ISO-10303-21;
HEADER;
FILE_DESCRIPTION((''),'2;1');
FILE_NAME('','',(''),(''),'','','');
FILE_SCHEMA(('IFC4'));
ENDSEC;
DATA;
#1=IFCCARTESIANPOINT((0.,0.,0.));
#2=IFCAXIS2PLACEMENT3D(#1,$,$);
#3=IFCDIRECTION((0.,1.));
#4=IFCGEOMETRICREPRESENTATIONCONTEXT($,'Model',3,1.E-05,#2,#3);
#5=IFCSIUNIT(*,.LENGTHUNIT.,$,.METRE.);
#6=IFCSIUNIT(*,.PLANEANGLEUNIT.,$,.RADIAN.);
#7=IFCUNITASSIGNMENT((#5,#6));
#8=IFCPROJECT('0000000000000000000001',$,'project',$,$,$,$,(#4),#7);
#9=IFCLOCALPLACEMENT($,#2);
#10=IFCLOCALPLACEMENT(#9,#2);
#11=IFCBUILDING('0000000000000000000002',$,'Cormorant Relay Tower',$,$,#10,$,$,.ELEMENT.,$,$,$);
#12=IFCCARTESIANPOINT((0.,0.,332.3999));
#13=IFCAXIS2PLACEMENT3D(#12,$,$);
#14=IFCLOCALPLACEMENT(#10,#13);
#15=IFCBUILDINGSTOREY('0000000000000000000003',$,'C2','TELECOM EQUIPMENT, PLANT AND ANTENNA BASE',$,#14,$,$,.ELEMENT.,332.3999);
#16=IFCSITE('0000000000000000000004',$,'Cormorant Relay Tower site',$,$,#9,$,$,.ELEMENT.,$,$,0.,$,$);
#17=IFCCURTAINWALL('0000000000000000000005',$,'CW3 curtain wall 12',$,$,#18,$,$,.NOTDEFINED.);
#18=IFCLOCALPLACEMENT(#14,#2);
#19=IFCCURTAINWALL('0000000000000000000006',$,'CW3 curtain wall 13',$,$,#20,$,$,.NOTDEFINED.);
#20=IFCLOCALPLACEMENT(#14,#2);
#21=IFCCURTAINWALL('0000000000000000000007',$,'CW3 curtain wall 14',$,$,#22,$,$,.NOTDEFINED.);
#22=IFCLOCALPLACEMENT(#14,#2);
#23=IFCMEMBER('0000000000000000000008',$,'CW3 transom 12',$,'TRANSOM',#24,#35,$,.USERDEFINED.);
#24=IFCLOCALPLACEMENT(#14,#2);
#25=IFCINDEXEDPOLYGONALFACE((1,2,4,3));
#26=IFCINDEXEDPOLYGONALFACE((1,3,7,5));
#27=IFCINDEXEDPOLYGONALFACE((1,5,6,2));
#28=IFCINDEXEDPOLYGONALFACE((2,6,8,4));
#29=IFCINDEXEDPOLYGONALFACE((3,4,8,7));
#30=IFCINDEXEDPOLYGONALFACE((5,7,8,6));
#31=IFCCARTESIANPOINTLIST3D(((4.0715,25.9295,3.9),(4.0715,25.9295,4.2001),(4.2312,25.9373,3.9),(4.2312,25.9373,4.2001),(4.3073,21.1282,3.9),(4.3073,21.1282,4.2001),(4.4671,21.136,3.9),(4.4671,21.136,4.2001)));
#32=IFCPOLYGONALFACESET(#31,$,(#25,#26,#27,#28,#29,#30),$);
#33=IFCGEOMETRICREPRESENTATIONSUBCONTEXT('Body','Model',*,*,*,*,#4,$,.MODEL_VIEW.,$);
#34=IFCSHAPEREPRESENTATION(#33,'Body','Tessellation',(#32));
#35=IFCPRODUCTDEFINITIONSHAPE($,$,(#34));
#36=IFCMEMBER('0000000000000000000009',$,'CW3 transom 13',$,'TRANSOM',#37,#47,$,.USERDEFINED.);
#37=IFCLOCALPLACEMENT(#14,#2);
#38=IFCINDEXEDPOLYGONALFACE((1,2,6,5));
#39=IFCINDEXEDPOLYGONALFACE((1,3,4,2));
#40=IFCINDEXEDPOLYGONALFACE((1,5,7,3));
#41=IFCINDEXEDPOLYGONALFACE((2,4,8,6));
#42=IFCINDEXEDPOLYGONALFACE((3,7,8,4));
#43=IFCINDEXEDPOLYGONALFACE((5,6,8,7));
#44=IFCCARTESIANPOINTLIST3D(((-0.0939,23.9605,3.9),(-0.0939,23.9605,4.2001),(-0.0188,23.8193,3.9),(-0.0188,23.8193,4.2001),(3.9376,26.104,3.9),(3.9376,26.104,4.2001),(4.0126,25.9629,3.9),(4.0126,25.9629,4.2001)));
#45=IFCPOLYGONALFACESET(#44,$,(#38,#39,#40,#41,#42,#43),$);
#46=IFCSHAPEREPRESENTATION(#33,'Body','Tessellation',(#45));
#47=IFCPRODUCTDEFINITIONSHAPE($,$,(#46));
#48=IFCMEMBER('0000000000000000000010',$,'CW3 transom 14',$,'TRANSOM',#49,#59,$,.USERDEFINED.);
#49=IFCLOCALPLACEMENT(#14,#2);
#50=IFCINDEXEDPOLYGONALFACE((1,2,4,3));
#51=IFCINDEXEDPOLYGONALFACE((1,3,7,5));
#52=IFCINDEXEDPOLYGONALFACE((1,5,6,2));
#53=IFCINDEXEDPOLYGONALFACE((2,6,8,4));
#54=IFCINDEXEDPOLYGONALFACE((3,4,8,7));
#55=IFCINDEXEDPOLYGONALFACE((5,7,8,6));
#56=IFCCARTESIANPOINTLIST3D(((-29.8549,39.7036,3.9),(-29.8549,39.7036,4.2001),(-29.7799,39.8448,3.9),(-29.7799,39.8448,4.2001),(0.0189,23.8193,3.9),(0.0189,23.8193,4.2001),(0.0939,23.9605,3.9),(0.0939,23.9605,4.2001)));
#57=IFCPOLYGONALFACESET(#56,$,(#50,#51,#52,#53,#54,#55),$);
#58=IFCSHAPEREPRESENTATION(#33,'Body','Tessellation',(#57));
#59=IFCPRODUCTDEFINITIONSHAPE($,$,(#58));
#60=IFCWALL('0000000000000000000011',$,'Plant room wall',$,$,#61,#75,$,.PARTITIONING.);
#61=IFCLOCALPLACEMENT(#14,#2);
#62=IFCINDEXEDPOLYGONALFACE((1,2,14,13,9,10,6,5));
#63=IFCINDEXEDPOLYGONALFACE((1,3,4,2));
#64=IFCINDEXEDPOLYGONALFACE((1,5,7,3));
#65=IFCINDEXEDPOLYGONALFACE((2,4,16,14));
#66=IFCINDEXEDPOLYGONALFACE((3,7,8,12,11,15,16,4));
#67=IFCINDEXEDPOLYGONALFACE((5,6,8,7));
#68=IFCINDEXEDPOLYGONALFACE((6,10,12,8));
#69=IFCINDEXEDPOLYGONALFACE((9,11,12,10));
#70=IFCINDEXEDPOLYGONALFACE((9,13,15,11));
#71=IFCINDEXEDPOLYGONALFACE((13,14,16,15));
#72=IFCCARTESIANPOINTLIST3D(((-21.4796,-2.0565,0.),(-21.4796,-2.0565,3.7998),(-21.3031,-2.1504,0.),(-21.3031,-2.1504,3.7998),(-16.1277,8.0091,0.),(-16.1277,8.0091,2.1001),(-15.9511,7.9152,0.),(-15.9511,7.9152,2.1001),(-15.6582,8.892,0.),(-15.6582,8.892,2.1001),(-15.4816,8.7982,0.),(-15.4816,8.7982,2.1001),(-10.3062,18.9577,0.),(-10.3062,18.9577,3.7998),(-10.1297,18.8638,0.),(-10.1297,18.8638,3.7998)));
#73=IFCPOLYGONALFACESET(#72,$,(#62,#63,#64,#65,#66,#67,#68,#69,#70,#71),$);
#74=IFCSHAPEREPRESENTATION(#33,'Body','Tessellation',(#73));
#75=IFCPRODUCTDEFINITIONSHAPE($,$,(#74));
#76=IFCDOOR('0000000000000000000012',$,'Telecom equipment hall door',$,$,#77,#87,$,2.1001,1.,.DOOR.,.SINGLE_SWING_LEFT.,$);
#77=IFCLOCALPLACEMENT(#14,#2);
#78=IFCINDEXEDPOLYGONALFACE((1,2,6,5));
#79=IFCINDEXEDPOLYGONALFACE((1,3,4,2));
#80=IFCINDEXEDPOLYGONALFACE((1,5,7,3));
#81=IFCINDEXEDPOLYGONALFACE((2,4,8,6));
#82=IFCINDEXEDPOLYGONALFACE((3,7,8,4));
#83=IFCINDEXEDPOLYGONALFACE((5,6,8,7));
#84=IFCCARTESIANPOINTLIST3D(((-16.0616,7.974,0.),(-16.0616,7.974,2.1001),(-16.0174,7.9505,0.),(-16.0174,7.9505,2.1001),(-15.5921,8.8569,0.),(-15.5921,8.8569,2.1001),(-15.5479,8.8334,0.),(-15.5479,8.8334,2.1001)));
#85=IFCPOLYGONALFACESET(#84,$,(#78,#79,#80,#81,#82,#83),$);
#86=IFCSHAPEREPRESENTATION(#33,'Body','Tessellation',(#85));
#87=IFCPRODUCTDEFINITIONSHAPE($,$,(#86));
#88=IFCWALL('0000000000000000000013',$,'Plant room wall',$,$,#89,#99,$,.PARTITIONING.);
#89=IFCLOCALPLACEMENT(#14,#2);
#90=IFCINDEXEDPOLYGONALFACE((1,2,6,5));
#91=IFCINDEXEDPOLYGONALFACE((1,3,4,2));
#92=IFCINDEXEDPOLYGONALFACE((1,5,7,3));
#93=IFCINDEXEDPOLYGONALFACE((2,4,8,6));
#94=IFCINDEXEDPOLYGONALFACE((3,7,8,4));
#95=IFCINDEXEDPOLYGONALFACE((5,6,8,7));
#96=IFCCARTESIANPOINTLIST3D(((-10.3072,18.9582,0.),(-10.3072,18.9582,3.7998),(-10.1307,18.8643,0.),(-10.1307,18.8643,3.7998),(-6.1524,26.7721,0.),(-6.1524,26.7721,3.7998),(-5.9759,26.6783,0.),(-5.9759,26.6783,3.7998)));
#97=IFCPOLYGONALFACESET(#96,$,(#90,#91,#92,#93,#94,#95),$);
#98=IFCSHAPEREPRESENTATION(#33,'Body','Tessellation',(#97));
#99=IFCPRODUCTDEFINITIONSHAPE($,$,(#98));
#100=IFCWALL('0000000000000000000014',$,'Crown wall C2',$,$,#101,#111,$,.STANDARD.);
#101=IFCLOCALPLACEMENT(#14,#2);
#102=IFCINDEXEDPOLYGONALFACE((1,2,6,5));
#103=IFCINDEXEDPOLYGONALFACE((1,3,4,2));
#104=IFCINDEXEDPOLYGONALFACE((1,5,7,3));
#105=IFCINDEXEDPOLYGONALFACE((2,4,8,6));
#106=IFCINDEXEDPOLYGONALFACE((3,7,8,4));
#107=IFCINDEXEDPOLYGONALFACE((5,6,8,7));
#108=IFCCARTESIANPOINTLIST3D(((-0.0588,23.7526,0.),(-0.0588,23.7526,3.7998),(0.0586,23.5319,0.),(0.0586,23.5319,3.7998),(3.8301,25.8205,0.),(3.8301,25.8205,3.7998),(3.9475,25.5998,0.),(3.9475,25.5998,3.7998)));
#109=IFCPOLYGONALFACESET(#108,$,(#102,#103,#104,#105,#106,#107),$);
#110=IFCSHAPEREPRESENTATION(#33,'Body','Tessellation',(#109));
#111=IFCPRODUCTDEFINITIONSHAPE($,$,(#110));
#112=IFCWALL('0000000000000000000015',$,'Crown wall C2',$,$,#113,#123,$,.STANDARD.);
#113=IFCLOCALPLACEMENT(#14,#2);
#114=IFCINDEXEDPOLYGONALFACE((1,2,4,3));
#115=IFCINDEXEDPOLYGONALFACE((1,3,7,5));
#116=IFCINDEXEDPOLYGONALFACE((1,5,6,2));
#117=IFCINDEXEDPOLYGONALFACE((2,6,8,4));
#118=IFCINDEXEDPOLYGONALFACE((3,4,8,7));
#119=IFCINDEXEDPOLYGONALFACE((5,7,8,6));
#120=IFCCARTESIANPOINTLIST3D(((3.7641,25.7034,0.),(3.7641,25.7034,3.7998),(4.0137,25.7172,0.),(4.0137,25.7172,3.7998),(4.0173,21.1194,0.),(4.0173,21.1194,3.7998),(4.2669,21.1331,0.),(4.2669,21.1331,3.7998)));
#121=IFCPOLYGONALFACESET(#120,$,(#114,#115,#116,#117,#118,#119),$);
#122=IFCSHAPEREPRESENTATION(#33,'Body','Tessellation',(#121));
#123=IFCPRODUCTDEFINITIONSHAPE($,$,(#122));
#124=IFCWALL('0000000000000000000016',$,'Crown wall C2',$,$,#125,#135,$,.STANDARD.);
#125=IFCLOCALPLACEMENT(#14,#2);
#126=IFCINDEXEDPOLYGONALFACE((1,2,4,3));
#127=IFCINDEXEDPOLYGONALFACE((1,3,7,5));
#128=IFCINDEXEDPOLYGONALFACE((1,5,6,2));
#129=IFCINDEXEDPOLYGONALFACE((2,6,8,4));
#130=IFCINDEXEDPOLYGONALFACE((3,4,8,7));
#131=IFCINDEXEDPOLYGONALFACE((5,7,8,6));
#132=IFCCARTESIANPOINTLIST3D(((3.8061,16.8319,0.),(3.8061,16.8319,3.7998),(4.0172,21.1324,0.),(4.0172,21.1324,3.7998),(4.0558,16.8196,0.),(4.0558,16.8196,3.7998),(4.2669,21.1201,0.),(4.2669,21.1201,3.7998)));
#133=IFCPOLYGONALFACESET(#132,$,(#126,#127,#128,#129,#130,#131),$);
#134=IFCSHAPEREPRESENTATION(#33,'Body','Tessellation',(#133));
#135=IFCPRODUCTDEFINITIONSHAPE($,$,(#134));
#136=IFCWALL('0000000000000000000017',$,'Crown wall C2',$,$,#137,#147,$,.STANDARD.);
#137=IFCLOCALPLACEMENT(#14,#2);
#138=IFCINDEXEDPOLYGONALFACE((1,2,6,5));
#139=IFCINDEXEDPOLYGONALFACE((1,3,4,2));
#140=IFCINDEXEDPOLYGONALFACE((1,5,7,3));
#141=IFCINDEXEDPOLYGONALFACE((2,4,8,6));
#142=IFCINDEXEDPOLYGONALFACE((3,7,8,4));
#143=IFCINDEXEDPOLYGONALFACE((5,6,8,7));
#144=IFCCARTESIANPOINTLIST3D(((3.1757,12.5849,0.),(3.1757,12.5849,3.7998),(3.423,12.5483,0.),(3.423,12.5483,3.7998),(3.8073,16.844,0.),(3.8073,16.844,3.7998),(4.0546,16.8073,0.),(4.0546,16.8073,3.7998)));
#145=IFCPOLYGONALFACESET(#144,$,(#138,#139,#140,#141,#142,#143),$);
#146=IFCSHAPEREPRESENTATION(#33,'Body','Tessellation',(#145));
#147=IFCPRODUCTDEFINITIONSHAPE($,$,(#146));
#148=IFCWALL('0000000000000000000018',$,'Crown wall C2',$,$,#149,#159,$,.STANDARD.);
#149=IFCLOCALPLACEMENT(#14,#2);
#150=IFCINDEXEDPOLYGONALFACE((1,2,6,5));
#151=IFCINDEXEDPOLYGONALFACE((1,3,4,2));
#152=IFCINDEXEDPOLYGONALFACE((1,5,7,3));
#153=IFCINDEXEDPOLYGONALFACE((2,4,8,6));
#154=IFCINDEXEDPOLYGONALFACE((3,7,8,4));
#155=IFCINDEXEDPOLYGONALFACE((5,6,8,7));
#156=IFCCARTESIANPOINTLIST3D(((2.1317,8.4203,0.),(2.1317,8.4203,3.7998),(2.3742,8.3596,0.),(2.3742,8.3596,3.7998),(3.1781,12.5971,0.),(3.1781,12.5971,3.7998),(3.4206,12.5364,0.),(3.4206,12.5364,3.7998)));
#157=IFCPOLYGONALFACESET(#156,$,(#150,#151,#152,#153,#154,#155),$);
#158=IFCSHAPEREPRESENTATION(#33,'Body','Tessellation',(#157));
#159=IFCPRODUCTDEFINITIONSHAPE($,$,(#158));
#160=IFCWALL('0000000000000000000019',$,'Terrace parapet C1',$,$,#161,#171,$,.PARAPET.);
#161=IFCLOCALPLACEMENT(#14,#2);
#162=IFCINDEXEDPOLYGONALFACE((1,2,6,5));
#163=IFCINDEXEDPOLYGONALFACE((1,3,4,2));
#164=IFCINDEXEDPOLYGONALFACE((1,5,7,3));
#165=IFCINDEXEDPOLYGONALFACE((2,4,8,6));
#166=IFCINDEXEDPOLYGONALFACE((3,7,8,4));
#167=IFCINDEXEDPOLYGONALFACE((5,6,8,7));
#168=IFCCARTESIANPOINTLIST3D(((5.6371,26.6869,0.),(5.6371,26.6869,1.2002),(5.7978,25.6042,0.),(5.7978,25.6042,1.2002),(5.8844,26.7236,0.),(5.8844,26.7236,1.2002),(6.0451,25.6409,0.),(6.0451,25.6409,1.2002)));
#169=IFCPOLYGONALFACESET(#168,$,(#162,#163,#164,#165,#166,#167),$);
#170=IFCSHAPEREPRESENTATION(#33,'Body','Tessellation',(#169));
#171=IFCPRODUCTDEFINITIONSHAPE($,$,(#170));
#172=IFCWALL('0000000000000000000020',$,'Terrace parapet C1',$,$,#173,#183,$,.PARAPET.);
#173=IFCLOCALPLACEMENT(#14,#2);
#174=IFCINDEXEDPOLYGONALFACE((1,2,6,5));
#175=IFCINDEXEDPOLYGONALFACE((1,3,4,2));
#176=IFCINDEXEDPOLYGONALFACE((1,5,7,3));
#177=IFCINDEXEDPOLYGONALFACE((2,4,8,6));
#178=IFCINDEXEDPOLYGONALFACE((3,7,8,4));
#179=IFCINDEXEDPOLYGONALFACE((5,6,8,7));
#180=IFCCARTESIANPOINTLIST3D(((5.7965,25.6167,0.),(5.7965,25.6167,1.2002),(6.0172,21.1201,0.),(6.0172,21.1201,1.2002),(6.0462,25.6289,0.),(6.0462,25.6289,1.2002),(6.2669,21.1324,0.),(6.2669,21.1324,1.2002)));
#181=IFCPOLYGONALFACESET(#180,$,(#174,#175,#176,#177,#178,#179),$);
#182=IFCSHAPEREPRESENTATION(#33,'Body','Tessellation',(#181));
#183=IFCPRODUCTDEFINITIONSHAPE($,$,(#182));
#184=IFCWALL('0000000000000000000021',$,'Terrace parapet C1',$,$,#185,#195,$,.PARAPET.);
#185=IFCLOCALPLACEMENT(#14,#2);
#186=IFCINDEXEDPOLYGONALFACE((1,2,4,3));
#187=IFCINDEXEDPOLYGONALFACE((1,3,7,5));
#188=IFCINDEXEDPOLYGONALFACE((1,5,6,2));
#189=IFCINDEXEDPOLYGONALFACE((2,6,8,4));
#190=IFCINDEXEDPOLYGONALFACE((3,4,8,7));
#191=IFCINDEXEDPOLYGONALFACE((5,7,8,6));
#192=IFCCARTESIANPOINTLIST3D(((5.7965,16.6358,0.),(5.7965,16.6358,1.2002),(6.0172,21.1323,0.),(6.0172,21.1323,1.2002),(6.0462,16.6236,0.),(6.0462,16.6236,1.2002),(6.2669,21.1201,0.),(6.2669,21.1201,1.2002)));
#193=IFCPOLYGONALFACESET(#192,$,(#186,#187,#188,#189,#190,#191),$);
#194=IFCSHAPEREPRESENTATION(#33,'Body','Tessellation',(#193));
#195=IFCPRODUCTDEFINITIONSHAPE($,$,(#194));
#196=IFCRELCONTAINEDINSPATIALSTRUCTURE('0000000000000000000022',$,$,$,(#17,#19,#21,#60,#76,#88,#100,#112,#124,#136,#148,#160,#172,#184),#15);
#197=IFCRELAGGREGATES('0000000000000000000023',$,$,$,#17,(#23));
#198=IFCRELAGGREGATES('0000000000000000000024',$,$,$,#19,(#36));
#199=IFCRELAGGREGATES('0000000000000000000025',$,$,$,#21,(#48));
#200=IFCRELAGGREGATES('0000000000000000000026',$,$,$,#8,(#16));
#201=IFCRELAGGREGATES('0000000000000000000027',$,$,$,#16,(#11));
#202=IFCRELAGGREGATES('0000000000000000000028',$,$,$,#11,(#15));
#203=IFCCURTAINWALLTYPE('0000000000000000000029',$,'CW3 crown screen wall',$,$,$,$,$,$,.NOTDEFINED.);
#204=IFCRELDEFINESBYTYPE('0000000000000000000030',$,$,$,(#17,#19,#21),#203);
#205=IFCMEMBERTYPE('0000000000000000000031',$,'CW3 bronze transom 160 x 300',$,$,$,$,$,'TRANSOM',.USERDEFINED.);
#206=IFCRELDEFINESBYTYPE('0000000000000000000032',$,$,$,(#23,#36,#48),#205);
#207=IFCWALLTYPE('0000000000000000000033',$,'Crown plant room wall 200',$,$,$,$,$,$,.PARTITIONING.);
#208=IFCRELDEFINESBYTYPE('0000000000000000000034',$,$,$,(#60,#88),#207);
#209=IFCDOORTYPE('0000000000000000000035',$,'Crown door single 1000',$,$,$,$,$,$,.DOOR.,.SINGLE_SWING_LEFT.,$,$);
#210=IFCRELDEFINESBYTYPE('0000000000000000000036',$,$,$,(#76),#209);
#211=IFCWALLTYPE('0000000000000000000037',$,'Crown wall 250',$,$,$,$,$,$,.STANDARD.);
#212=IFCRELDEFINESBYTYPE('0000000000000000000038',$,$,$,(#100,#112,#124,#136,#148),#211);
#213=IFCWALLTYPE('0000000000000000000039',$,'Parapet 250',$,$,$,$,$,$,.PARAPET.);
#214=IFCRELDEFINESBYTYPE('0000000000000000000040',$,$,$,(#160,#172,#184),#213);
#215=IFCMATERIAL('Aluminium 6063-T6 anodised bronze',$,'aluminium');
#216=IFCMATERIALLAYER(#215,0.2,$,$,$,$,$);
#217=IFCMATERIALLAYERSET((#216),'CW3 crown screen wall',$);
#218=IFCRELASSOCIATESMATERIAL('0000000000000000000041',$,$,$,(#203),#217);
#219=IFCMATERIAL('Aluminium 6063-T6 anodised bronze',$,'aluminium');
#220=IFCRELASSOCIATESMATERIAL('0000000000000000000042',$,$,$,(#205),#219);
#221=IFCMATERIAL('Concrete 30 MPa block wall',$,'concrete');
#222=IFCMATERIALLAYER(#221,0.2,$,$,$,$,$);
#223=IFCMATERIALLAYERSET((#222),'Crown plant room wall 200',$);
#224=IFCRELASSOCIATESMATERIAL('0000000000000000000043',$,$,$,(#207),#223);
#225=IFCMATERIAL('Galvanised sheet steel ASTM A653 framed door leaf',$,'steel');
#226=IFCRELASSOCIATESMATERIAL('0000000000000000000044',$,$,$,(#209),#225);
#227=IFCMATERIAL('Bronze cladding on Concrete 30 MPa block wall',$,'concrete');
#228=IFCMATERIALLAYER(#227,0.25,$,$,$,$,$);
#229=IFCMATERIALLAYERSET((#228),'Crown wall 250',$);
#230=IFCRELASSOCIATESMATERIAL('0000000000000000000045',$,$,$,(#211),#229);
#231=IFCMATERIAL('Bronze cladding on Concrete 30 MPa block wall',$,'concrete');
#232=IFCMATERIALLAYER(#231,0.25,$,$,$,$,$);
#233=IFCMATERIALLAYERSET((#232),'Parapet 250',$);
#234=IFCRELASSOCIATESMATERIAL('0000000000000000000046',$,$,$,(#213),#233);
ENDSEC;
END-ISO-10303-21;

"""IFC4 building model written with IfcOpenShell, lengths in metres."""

from ifc_helpers import new_model, si_unit, direction, frame, frame_2d, origin, origin_2d, place, context, subcontext, project, spatial, rectangle, extrude, material, layer, layer_set, material_profile, profile_set, type_object, element, fill, aggregate, save


model = new_model("IFC4")

# Units and contexts
model_context = context("Model", 3, precision=1e-05, world=origin(), true_north=direction((0.0, 1.0)))
body_context = subcontext(model_context, "Body", "Model", "MODEL_VIEW")
ifc_project = project(units=[si_unit("LENGTHUNIT", "METRE"), si_unit("PLANEANGLEUNIT", "RADIAN")], contexts=[model_context])

# Site, building, storey
site_placement = place(None, origin())
site = spatial("IfcSite", under=ifc_project, at=site_placement, Name="Cormorant Relay Tower site", CompositionType="ELEMENT", RefElevation=0.0)
building_placement = place(site_placement, origin())
building = spatial("IfcBuilding", under=site, at=building_placement, Name="Cormorant Relay Tower", CompositionType="ELEMENT")
storey_placement = place(building_placement, frame((0.0, 0.0, 332.3999)))
storey = spatial("IfcBuildingStorey", under=building, at=storey_placement, Name="C2", Description="TELECOM EQUIPMENT, PLANT AND ANTENNA BASE", CompositionType="ELEMENT", Elevation=332.3999)

# Curtain walls
ifc_material_1 = material(Name="Aluminium 6063-T6 anodised bronze", Category="aluminium")
ifc_layer_1 = layer(ifc_material_1, 0.2)
ifc_layer_set_1 = layer_set([ifc_layer_1], Name="CW3 crown screen wall")
curtain_wall_type = type_object("IfcCurtainWallType", Name="CW3 crown screen wall", PredefinedType="NOTDEFINED", material=ifc_layer_set_1)
curtain_wall_1_placement = place(storey_placement, origin())
curtain_wall_1 = element("IfcCurtainWall", 1, at=curtain_wall_1_placement, inside=storey, type_object=curtain_wall_type, Name="CW3 curtain wall 12", PredefinedType="NOTDEFINED")
curtain_wall_2_placement = place(storey_placement, origin())
curtain_wall_2 = element("IfcCurtainWall", 2, at=curtain_wall_2_placement, inside=storey, type_object=curtain_wall_type, Name="CW3 curtain wall 13", PredefinedType="NOTDEFINED")

# Curtain wall
curtain_wall_3_placement = place(storey_placement, origin())
curtain_wall_3 = element("IfcCurtainWall", 3, at=curtain_wall_3_placement, inside=storey, type_object=curtain_wall_type, Name="CW3 curtain wall 14", PredefinedType="NOTDEFINED")

# Members
ifc_material_2 = material(Name="Aluminium 6063-T6 anodised bronze", Category="aluminium")
ifc_material_profile_1 = material_profile(ifc_material_2, rectangle(XDim=0.1599, YDim=0.3, at=origin_2d()), Name="AL 160x300")
ifc_profile_set_1 = profile_set([ifc_material_profile_1], Name="Aluminium 6063-T6 anodised bronze")
member_type_1 = type_object("IfcMemberType", Name="CW3 bronze transom 160 x 300", ElementType="TRANSOM", PredefinedType="USERDEFINED", material=ifc_profile_set_1)
member_1_placement = place(storey_placement, frame((4.3872, 21.1321, 4.05), z_axis=(-0.049061, 0.998796, 0.0), x_axis=(-0.998796, -0.049061, 0.0)))
member_1 = element("IfcMember", 4, at=member_1_placement, type_object=member_type_1, Name="CW3 transom 12", ObjectType="TRANSOM", PredefinedType="USERDEFINED", context=body_context, shape_type="SweptSolid", body=[
    extrude(rectangle(XDim=0.1599, YDim=0.3, at=origin_2d()), origin(), (0.0, 0.0, 1.0), 4.8071),
])
member_2_placement = place(storey_placement, frame((3.9751, 26.0334, 4.05), z_axis=(-0.88295, -0.469467, 0.0), x_axis=(0.469467, -0.88295, 0.0)))
member_2 = element("IfcMember", 5, at=member_2_placement, type_object=member_type_1, Name="CW3 transom 13", ObjectType="TRANSOM", PredefinedType="USERDEFINED", context=body_context, shape_type="SweptSolid", body=[
    extrude(rectangle(XDim=0.1599, YDim=0.3, at=origin_2d()), origin(), (0.0, 0.0, 1.0), 4.5659),
])
member_3_placement = place(storey_placement, frame((0.0564, 23.8899, 4.05), z_axis=(-0.882946, 0.469474, 0.0), x_axis=(-0.469474, -0.882946, 0.0)))
member_3 = element("IfcMember", 6, at=member_3_placement, type_object=member_type_1, Name="CW3 transom 14", ObjectType="TRANSOM", PredefinedType="USERDEFINED", context=body_context, shape_type="SweptSolid", body=[
    extrude(rectangle(XDim=0.1599, YDim=0.3, at=origin_2d()), origin(), (0.0, 0.0, 1.0), 33.8342),
])

# Wall, opening, door
ifc_material_3 = material(Name="Concrete 30 MPa block wall", Category="concrete")
ifc_layer_2 = layer(ifc_material_3, 0.2)
ifc_layer_set_2 = layer_set([ifc_layer_2], Name="Crown plant room wall 200")
wall_type_1 = type_object("IfcWallType", Name="Crown plant room wall 200", PredefinedType="PARTITIONING", material=ifc_layer_set_2)
wall_1_placement = place(storey_placement, frame((-10.218, 18.9106, 0.0), z_axis=(0.0, 0.0, 1.0), x_axis=(-0.469469, -0.882949, 0.0)))
wall_1 = element("IfcWall", 7, at=wall_1_placement, inside=storey, type_object=wall_type_1, Name="Plant room wall", PredefinedType="PARTITIONING", context=body_context, shape_type="SweptSolid", body=[
    extrude(rectangle(XDim=23.8, YDim=0.2, at=frame_2d((11.8999, 0.0))), origin(), (0.0, 0.0, 1.0), 3.7998),
])
opening_placement = place(wall_1_placement, frame((11.3999, 0.0, 0.0)))
opening = element("IfcOpeningElement", 8, at=opening_placement, cuts=wall_1, PredefinedType="OPENING", context=body_context, shape_type="SweptSolid", body=[
    extrude(rectangle(XDim=1.0, YDim=2.1001, at=frame_2d((0.5, 1.05))), frame((0.0, 0.1099, 0.0), z_axis=(0.0, -1.0, 0.0), x_axis=(1.0, 0.0, 0.0)), (0.0, 0.0, 1.0), 0.22),
])
ifc_material_4 = material(Name="Galvanised sheet steel ASTM A653 framed door leaf", Category="steel")
door_type = type_object("IfcDoorType", Name="Crown door single 1000", OperationType="SINGLE_SWING_LEFT", PredefinedType="DOOR", material=ifc_material_4)
door_placement = place(opening_placement, origin())
door = element("IfcDoor", 9, at=door_placement, inside=storey, type_object=door_type, Name="Telecom equipment hall door", OperationType="SINGLE_SWING_LEFT", OverallHeight=2.1001, OverallWidth=1.0, PredefinedType="DOOR", context=body_context, shape_type="SweptSolid", body=[
    extrude(rectangle(XDim=1.0, YDim=2.1001, at=frame_2d((0.5, 1.05))), frame((0.0, 0.0249, 0.0), z_axis=(0.0, -1.0, 0.0), x_axis=(1.0, 0.0, 0.0)), (0.0, 0.0, 1.0), 0.05),
])
fill(opening, door)

# Walls
wall_2_placement = place(storey_placement, frame((-6.0642, 26.7251, 0.0), z_axis=(0.0, 0.0, 1.0), x_axis=(-0.469474, -0.882946, 0.0)))
element("IfcWall", 10, at=wall_2_placement, inside=storey, type_object=wall_type_1, Name="Plant room wall", PredefinedType="PARTITIONING", context=body_context, shape_type="SweptSolid", body=[
    extrude(rectangle(XDim=8.8499, YDim=0.2, at=frame_2d((4.4248, 0.0))), origin(), (0.0, 0.0, 1.0), 3.7998),
])
ifc_material_5 = material(Name="Bronze cladding on Concrete 30 MPa block wall", Category="concrete")
ifc_layer_3 = layer(ifc_material_5, 0.25)
ifc_layer_set_3 = layer_set([ifc_layer_3], Name="Crown wall 250")
wall_type_2 = type_object("IfcWallType", Name="Crown wall 250", PredefinedType="STANDARD", material=ifc_layer_set_3)
wall_3_placement = place(storey_placement, frame((0.0, 23.6423, 0.0), z_axis=(0.0, 0.0, 1.0), x_axis=(0.882938, 0.469489, 0.0)))
element("IfcWall", 11, at=wall_3_placement, inside=storey, type_object=wall_type_2, Name="Crown wall C2", PredefinedType="STANDARD", context=body_context, shape_type="SweptSolid", body=[
    extrude(rectangle(XDim=4.4045, YDim=0.25, at=frame_2d((2.2021, 0.0))), origin(), (0.0, 0.0, 1.0), 3.7998),
])
wall_4_placement = place(storey_placement, frame((3.8889, 25.7102, 0.0), z_axis=(0.0, 0.0, 1.0), x_axis=(0.055146, -0.998478, 0.0)))
element("IfcWall", 12, at=wall_4_placement, inside=storey, type_object=wall_type_2, Name="Crown wall C2", PredefinedType="STANDARD", context=body_context, shape_type="SweptSolid", body=[
    extrude(rectangle(XDim=4.5911, YDim=0.25, at=frame_2d((2.2954, 0.0))), origin(), (0.0, 0.0, 1.0), 3.7998),
])
for number, where, z_axis, x_axis, name in (
    (13, (4.1421, 21.1262, 0.0), (0.0, 0.0, 1.0), (-0.049047, -0.998796, 0.0), "Crown wall C2"),
    (14, (3.9309, 16.8257, 0.0), (0.0, 0.0, 1.0), (-0.14669, -0.989182, 0.0), "Crown wall C2"),
):
    element("IfcWall", number, at=place(storey_placement, frame(where, z_axis=z_axis, x_axis=x_axis)), inside=storey, type_object=wall_type_2, Name=name, PredefinedType="STANDARD", context=body_context, shape_type="SweptSolid", body=[
        extrude(rectangle(XDim=4.3057, YDim=0.25, at=frame_2d((2.1528, 0.0))), origin(), (0.0, 0.0, 1.0), 3.7998),
    ])
wall_5_placement = place(storey_placement, frame((3.2993, 12.5667, 0.0), z_axis=(0.0, 0.0, 1.0), x_axis=(-0.243016, -0.970022, 0.0)))
element("IfcWall", 15, at=wall_5_placement, inside=storey, type_object=wall_type_2, Name="Crown wall C2", PredefinedType="STANDARD", context=body_context, shape_type="SweptSolid", body=[
    extrude(rectangle(XDim=4.3059, YDim=0.25, at=frame_2d((2.1528, 0.0))), origin(), (0.0, 0.0, 1.0), 3.7998),
])
ifc_material_6 = material(Name="Bronze cladding on Concrete 30 MPa block wall", Category="concrete")
ifc_layer_4 = layer(ifc_material_6, 0.25)
ifc_layer_set_4 = layer_set([ifc_layer_4], Name="Parapet 250")
wall_type_3 = type_object("IfcWallType", Name="Parapet 250", PredefinedType="PARAPET", material=ifc_layer_set_4)
wall_6_placement = place(storey_placement, frame((5.7607, 26.7053, 0.0), z_axis=(0.0, 0.0, 1.0), x_axis=(0.146791, -0.989167, 0.0)))
element("IfcWall", 16, at=wall_6_placement, inside=storey, type_object=wall_type_3, Name="Terrace parapet C1", PredefinedType="PARAPET", context=body_context, shape_type="SweptSolid", body=[
    extrude(rectangle(XDim=1.0945, YDim=0.25, at=frame_2d((0.5474, 0.0))), origin(), (0.0, 0.0, 1.0), 1.2002),
])
for number, where, z_axis, x_axis, name in (
    (17, (5.9214, 25.6228, 0.0), (0.0, 0.0, 1.0), (0.049023, -0.998798, 0.0), "Terrace parapet C1"),
    (18, (6.1421, 21.1262, 0.0), (0.0, 0.0, 1.0), (-0.049023, -0.998798, 0.0), "Terrace parapet C1"),
):
    element("IfcWall", number, at=place(storey_placement, frame(where, z_axis=z_axis, x_axis=x_axis)), inside=storey, type_object=wall_type_3, Name=name, PredefinedType="PARAPET", context=body_context, shape_type="SweptSolid", body=[
        extrude(rectangle(XDim=4.502, YDim=0.25, at=frame_2d((2.251, 0.0))), origin(), (0.0, 0.0, 1.0), 1.2002),
    ])

aggregate(curtain_wall_1, [member_1])
aggregate(curtain_wall_2, [member_2])
aggregate(curtain_wall_3, [member_3])

save(model, "model.ifc")
